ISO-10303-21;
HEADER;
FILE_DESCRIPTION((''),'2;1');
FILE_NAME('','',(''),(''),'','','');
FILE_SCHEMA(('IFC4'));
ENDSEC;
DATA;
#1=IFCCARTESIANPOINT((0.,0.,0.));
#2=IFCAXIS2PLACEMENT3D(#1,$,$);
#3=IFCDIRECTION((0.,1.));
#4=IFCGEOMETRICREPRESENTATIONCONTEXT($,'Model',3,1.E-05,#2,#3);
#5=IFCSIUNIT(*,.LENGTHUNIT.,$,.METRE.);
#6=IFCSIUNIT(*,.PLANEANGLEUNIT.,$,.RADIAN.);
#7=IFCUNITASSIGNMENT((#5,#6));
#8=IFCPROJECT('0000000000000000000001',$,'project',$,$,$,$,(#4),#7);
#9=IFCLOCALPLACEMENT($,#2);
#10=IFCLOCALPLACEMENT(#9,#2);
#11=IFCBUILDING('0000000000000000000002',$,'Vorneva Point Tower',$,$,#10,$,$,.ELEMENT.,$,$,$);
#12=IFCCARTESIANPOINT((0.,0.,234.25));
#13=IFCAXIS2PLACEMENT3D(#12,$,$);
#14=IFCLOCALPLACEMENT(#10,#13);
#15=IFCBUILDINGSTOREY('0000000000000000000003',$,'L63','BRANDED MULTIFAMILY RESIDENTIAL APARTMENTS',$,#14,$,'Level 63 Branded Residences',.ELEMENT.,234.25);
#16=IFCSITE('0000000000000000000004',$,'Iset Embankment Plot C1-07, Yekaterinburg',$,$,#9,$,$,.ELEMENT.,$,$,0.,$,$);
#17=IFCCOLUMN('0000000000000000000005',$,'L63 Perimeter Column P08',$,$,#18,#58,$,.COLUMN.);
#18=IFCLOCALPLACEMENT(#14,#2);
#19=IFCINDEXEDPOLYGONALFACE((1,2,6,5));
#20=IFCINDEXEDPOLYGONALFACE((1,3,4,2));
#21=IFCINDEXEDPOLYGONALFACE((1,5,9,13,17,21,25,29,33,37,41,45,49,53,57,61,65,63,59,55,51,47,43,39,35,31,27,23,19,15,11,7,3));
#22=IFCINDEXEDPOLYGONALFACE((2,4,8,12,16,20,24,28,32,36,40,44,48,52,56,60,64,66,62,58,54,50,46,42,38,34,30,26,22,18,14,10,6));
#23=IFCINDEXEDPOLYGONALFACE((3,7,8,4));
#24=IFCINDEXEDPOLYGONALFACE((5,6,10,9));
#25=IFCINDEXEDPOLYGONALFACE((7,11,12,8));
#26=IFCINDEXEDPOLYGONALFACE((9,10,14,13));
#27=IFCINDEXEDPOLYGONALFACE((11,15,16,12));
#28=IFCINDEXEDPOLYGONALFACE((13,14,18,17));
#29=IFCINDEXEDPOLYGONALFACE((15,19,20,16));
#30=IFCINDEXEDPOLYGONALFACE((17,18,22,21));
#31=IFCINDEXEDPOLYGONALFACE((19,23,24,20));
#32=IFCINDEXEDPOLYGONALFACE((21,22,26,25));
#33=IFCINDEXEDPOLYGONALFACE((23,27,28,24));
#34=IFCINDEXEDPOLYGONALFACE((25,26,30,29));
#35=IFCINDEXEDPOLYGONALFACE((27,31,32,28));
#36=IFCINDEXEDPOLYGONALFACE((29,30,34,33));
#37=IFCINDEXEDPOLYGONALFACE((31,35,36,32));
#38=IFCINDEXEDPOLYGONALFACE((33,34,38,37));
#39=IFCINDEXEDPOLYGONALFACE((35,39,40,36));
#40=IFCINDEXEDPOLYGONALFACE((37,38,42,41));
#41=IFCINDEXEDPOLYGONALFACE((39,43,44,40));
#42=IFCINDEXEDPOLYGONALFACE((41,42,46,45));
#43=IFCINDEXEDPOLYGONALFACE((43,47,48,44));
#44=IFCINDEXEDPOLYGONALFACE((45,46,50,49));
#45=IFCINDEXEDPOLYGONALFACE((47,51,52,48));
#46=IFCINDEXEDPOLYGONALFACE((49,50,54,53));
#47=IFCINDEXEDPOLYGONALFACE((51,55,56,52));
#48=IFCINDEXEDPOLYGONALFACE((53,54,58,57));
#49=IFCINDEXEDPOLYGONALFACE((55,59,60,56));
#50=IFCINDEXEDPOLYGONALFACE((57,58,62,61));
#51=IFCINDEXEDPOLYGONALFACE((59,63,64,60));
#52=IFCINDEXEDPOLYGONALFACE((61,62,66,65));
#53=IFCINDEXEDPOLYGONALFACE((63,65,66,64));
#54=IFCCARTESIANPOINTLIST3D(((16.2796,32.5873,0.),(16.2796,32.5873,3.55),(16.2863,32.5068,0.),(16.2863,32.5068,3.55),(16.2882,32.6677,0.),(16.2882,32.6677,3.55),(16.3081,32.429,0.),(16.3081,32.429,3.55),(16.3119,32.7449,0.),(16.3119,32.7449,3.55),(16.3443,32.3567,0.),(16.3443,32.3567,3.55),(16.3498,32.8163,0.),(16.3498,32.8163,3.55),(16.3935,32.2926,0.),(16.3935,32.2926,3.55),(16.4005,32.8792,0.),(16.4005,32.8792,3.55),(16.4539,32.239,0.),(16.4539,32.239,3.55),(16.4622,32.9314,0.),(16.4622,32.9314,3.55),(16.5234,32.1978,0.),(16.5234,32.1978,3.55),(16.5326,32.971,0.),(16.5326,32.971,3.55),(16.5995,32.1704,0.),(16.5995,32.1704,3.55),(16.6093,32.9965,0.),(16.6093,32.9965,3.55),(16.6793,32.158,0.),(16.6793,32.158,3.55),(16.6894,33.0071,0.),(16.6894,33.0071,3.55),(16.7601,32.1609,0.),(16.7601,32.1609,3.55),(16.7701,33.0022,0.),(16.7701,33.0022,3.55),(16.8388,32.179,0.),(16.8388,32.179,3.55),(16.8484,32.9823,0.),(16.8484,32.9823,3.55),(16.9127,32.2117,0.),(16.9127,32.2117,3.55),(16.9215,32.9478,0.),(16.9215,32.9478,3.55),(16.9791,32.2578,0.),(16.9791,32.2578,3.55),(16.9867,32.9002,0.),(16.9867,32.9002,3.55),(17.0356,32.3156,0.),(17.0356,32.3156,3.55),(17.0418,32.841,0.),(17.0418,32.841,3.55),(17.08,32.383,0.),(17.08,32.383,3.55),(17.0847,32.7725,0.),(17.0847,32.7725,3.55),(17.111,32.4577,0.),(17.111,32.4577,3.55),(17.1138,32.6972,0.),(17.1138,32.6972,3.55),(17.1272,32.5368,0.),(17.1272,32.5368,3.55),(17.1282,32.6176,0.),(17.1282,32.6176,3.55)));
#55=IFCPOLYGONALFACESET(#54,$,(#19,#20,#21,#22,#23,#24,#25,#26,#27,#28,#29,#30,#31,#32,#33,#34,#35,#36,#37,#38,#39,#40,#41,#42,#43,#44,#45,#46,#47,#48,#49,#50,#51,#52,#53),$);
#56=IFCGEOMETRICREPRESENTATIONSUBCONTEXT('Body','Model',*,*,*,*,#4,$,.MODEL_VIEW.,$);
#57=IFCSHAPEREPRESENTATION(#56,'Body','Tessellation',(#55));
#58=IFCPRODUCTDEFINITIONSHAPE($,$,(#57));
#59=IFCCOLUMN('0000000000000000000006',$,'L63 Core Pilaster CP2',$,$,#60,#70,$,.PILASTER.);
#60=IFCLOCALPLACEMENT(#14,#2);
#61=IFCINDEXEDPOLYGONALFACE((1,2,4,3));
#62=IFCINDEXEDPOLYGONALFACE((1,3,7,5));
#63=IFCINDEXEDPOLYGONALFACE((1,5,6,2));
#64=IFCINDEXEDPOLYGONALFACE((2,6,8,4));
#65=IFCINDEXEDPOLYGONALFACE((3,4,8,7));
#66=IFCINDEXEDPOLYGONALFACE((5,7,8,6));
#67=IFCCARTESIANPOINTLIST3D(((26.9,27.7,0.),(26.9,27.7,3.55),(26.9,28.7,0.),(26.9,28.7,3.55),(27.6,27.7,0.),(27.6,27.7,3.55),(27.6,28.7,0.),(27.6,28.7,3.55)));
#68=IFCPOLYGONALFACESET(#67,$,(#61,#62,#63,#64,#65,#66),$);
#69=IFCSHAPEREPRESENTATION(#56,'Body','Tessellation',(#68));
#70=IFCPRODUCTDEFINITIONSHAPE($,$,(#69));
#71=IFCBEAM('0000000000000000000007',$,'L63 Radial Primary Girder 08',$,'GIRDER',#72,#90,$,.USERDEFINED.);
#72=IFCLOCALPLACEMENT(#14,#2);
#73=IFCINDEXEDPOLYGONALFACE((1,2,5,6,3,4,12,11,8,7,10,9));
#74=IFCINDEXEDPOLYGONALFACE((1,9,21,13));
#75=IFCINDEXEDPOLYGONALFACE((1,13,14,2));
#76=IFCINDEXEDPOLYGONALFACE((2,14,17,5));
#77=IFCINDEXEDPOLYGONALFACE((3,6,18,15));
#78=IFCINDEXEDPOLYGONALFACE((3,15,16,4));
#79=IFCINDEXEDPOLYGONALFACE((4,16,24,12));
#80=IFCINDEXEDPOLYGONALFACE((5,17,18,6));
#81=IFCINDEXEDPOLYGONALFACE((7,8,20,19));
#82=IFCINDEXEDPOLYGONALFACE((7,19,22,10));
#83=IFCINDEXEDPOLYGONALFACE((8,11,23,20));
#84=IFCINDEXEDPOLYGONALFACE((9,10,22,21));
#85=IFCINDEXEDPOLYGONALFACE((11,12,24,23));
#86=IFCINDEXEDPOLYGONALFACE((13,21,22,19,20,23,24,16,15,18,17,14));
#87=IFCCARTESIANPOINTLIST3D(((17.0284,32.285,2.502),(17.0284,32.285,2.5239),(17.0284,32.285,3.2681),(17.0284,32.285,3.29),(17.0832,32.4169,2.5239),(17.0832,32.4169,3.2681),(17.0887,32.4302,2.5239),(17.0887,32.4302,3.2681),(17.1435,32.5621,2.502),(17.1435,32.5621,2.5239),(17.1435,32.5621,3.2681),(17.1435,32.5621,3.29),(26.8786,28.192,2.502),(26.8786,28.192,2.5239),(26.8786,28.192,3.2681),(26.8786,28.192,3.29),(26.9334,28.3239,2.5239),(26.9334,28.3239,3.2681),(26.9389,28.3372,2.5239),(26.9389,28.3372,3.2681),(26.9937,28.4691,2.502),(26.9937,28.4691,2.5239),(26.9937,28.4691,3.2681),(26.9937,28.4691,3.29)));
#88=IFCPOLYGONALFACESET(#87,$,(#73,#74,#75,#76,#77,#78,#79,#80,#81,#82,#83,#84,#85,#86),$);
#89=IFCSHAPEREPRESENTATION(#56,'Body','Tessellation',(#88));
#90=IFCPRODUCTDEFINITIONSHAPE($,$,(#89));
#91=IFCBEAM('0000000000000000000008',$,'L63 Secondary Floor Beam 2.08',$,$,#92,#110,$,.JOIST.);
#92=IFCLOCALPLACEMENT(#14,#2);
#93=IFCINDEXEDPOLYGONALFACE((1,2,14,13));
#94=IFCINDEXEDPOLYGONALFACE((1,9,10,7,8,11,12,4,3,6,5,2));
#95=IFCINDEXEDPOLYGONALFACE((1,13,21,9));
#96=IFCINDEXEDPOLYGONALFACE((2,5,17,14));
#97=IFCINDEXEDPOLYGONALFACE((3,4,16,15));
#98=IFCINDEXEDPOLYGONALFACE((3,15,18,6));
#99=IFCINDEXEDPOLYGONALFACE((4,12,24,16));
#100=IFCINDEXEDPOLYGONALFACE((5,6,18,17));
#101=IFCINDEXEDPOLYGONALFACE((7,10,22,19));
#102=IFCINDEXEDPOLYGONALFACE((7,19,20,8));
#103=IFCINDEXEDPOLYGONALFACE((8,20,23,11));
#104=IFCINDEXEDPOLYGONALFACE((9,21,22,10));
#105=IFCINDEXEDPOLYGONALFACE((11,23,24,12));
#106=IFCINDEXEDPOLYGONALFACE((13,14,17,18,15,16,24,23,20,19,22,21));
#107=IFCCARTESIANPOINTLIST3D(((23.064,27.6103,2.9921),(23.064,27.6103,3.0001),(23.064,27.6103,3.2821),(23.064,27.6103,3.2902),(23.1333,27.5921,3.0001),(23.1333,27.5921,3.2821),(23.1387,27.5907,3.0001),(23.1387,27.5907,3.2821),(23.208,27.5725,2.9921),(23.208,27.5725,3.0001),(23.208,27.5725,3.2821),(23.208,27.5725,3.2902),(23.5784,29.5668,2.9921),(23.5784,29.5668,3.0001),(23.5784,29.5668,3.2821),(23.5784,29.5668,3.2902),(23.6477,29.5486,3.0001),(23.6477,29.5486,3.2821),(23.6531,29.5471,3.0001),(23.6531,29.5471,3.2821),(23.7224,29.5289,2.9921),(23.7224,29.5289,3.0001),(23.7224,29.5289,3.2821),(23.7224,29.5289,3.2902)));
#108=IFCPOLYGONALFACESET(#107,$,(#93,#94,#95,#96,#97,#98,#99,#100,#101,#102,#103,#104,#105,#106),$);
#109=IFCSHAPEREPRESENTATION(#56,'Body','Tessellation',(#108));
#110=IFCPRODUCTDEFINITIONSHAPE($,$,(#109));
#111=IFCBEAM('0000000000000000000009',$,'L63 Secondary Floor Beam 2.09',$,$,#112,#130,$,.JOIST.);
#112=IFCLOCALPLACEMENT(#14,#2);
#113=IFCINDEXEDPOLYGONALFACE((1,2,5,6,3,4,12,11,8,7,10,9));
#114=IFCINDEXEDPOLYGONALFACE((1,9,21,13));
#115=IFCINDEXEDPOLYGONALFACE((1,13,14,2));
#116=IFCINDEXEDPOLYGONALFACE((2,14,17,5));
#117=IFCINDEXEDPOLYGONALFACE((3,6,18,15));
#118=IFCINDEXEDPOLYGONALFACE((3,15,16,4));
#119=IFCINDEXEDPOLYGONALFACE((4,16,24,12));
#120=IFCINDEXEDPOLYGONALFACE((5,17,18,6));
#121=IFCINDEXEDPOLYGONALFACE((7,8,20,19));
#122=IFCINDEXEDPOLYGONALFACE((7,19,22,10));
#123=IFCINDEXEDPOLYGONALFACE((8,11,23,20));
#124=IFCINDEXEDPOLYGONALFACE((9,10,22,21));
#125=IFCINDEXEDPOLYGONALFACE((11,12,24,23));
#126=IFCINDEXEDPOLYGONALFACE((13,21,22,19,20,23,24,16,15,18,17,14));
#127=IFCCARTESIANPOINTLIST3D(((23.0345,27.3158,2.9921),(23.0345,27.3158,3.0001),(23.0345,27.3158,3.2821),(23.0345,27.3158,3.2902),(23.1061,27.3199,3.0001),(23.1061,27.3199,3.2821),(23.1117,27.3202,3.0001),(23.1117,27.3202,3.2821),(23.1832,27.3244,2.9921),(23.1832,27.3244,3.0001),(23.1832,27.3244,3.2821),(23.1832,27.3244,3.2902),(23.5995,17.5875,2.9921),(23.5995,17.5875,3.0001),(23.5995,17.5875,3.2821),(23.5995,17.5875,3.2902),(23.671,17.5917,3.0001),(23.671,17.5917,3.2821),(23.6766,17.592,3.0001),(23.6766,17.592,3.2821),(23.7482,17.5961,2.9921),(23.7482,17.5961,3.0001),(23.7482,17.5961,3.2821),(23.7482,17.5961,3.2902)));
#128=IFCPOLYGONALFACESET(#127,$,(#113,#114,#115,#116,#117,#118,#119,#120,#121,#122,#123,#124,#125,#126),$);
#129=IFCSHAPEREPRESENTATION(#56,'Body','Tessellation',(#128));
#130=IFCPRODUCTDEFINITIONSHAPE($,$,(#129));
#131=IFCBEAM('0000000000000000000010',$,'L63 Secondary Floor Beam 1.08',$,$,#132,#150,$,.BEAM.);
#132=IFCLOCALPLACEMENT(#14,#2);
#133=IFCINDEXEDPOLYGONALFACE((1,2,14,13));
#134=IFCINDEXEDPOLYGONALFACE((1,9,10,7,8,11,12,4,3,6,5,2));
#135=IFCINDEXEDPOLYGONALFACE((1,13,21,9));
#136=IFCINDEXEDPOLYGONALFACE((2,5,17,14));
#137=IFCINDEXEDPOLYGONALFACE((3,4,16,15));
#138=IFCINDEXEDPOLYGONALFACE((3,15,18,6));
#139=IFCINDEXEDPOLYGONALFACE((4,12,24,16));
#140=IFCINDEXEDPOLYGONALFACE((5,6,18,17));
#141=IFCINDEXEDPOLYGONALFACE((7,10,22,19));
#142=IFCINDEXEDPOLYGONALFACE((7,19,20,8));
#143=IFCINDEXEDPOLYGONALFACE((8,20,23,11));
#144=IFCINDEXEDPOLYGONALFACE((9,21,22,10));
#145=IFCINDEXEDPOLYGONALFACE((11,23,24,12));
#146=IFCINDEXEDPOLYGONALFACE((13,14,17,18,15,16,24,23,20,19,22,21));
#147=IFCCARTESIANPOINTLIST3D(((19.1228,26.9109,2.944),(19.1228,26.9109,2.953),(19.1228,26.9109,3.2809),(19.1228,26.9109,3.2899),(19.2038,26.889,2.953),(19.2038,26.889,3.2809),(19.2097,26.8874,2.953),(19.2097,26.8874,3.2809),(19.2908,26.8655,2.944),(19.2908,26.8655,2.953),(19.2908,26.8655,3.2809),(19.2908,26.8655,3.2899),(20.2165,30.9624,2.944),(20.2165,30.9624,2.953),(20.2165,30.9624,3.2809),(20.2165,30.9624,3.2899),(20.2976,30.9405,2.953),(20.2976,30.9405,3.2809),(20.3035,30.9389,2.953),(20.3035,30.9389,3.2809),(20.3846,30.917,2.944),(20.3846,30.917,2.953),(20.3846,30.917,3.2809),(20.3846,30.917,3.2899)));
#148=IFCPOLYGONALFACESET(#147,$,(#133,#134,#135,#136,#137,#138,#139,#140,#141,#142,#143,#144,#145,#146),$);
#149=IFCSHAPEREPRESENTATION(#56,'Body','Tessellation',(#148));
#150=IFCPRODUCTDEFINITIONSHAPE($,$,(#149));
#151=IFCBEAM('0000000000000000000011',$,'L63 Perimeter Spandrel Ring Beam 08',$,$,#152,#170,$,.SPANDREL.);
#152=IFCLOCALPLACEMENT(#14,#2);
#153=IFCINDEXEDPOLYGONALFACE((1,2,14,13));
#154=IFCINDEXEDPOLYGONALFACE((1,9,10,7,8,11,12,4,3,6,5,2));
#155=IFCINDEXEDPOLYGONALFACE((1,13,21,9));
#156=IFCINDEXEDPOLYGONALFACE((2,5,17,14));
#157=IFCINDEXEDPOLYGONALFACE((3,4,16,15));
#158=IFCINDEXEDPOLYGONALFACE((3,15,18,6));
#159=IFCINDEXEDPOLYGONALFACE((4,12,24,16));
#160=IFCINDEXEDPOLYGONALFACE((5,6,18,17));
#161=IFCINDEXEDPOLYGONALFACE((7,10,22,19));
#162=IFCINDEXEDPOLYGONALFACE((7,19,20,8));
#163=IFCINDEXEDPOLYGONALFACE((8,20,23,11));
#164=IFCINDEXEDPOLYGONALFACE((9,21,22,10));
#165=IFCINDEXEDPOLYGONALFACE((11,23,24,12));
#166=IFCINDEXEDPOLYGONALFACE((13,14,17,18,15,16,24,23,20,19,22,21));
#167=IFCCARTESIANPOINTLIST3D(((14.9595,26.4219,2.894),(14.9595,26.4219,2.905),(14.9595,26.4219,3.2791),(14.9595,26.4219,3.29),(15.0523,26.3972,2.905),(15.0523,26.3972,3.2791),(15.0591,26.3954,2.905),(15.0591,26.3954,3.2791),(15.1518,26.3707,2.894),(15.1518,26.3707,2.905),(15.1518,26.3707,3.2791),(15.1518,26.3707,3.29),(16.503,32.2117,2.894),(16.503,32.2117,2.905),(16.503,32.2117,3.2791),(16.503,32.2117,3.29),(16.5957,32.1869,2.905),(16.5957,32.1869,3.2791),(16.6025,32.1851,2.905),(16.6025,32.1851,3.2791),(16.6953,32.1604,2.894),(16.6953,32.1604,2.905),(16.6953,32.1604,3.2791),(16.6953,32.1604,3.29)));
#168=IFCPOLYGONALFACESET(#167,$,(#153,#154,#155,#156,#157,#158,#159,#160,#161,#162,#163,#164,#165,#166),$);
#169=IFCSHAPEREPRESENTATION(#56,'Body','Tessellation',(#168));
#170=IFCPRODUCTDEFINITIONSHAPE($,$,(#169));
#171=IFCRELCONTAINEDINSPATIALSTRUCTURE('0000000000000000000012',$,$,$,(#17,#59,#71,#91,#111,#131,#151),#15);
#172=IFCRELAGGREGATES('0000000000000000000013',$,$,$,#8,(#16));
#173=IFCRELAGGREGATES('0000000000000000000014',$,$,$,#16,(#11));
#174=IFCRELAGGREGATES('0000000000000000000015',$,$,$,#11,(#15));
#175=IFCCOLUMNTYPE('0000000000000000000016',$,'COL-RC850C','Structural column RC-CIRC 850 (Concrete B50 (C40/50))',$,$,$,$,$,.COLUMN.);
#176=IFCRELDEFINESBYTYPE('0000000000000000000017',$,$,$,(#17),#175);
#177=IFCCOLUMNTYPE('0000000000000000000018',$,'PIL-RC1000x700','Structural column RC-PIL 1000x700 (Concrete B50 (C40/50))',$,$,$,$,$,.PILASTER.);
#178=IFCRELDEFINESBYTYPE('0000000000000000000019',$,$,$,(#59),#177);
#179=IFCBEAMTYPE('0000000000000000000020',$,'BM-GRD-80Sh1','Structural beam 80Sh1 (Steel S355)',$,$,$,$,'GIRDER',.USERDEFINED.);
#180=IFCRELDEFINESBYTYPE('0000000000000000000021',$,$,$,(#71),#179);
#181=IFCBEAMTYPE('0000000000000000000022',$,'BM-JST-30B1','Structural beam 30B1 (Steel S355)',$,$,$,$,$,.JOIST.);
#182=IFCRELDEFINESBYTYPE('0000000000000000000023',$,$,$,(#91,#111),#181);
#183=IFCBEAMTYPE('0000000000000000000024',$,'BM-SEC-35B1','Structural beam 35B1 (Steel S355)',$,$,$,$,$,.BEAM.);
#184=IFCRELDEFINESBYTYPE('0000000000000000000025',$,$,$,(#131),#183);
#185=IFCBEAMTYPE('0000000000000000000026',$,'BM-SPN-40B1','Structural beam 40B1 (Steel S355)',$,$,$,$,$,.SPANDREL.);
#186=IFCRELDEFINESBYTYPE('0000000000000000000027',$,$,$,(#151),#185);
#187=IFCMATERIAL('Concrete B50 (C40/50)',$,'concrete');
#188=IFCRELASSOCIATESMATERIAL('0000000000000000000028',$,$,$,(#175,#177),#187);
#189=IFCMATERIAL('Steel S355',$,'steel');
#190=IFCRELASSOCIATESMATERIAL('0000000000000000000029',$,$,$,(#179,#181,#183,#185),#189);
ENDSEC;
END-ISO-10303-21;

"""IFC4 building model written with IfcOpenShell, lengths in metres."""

from ifc_helpers import new_model, si_unit, direction, frame, origin, origin_2d, place, context, subcontext, project, spatial, rectangle, circle, i_section, extrude, material, material_profile, profile_set, type_object, element, save


model = new_model("IFC4")

# Units and contexts
model_context = context("Model", 3, precision=1e-05, world=origin(), true_north=direction((0.0, 1.0)))
body_context = subcontext(model_context, "Body", "Model", "MODEL_VIEW")
ifc_project = project(units=[si_unit("LENGTHUNIT", "METRE"), si_unit("PLANEANGLEUNIT", "RADIAN")], contexts=[model_context])

# Site, building, storey
site_placement = place(None, origin())
site = spatial("IfcSite", under=ifc_project, at=site_placement, Name="Iset Embankment Plot C1-07, Yekaterinburg", CompositionType="ELEMENT", RefElevation=0.0)
building_placement = place(site_placement, origin())
building = spatial("IfcBuilding", under=site, at=building_placement, Name="Vorneva Point Tower", CompositionType="ELEMENT")
storey_placement = place(building_placement, frame((0.0, 0.0, 234.25)))
storey = spatial("IfcBuildingStorey", under=building, at=storey_placement, Name="L63", Description="BRANDED MULTIFAMILY RESIDENTIAL APARTMENTS", LongName="Level 63 Branded Residences", CompositionType="ELEMENT", Elevation=234.25)

# Columns
ifc_material_1 = material(Name="Concrete B50 (C40/50)", Category="concrete")
ifc_material_profile_1 = material_profile(ifc_material_1, circle(Radius=0.425, at=origin_2d()), Name="RC-CIRC 850")
ifc_profile_set_1 = profile_set([ifc_material_profile_1], Name="Concrete B50 (C40/50)")
column_type_1 = type_object("IfcColumnType", Name="COL-RC850C", Description="Structural column RC-CIRC 850 (Concrete B50 (C40/50))", PredefinedType="COLUMN", material=ifc_profile_set_1)
column_1_placement = place(storey_placement, frame((16.7046, 32.5823, 0.0), z_axis=(0.0, 0.0, 1.0), x_axis=(-0.92388, 0.382683, 0.0)))
element("IfcColumn", 1, at=column_1_placement, inside=storey, type_object=column_type_1, Name="L63 Perimeter Column P08", PredefinedType="COLUMN", context=body_context, shape_type="SweptSolid", body=[
    extrude(circle(Radius=0.425, at=origin_2d()), origin(), (0.0, 0.0, 1.0), 3.55),
])
ifc_material_profile_2 = material_profile(ifc_material_1, rectangle(XDim=0.7, YDim=1.0, at=origin_2d()), Name="RC-PIL 1000x700")
ifc_profile_set_2 = profile_set([ifc_material_profile_2], Name="Concrete B50 (C40/50)")
column_type_2 = type_object("IfcColumnType", Name="PIL-RC1000x700", Description="Structural column RC-PIL 1000x700 (Concrete B50 (C40/50))", PredefinedType="PILASTER", material=ifc_profile_set_2)
column_2_placement = place(storey_placement, frame((27.25, 28.2, 0.0), z_axis=(0.0, 0.0, 1.0), x_axis=(1.0, 0.0, 0.0)))
element("IfcColumn", 2, at=column_2_placement, inside=storey, type_object=column_type_2, Name="L63 Core Pilaster CP2", PredefinedType="PILASTER", context=body_context, shape_type="SweptSolid", body=[
    extrude(rectangle(XDim=0.7, YDim=1.0, at=origin_2d()), origin(), (0.0, 0.0, 1.0), 3.55),
])

# Beams
ifc_material_2 = material(Name="Steel S355", Category="steel")
ifc_material_profile_3 = material_profile(ifc_material_2, i_section(OverallWidth=0.3, OverallDepth=0.7881, WebThickness=0.0144, FlangeThickness=0.022, at=origin_2d()), Name="80Sh1")
ifc_profile_set_3 = profile_set([ifc_material_profile_3], Name="Steel S355")
beam_type_1 = type_object("IfcBeamType", Name="BM-GRD-80Sh1", Description="Structural beam 80Sh1 (Steel S355)", ElementType="GIRDER", PredefinedType="USERDEFINED", material=ifc_profile_set_3)
beam_1_placement = place(storey_placement, frame((17.0859, 32.4236, 2.896), z_axis=(0.923449, -0.383721, 0.0), x_axis=(0.383721, 0.923449, 0.0)))
element("IfcBeam", 3, at=beam_1_placement, inside=storey, type_object=beam_type_1, Name="L63 Radial Primary Girder 08", ObjectType="GIRDER", PredefinedType="USERDEFINED", context=body_context, shape_type="SweptSolid", body=[
    extrude(i_section(OverallWidth=0.3, OverallDepth=0.7881, WebThickness=0.0144, FlangeThickness=0.022, at=origin_2d()), origin(), (0.0, 0.0, 1.0), 10.6667),
])
ifc_material_profile_4 = material_profile(ifc_material_2, i_section(OverallWidth=0.1489, OverallDepth=0.2981, WebThickness=0.0056, FlangeThickness=0.0081, at=origin_2d()), Name="30B1")
ifc_profile_set_4 = profile_set([ifc_material_profile_4], Name="Steel S355")
beam_type_2 = type_object("IfcBeamType", Name="BM-JST-30B1", Description="Structural beam 30B1 (Steel S355)", PredefinedType="JOIST", material=ifc_profile_set_4)
beam_2_placement = place(storey_placement, frame((23.6504, 29.5479, 3.1411), z_axis=(-0.254274, -0.967132, 0.0), x_axis=(0.967132, -0.254274, 0.0)))
element("IfcBeam", 4, at=beam_2_placement, inside=storey, type_object=beam_type_2, Name="L63 Secondary Floor Beam 2.08", PredefinedType="JOIST", context=body_context, shape_type="SweptSolid", body=[
    extrude(i_section(OverallWidth=0.1489, OverallDepth=0.2981, WebThickness=0.0056, FlangeThickness=0.0081, at=origin_2d()), origin(), (0.0, 0.0, 1.0), 2.0229),
])
beam_3_placement = place(storey_placement, frame((23.1089, 27.3201, 3.1411), z_axis=(0.057974, -0.998318, 0.0), x_axis=(0.998318, 0.057974, 0.0)))
element("IfcBeam", 5, at=beam_3_placement, inside=storey, type_object=beam_type_2, Name="L63 Secondary Floor Beam 2.09", PredefinedType="JOIST", context=body_context, shape_type="SweptSolid", body=[
    extrude(i_section(OverallWidth=0.1489, OverallDepth=0.2981, WebThickness=0.0056, FlangeThickness=0.0081, at=origin_2d()), origin(), (0.0, 0.0, 1.0), 9.7446),
])
ifc_material_profile_5 = material_profile(ifc_material_2, i_section(OverallWidth=0.1741, OverallDepth=0.3459, WebThickness=0.0061, FlangeThickness=0.009, at=origin_2d()), Name="35B1")
ifc_profile_set_5 = profile_set([ifc_material_profile_5], Name="Steel S355")
beam_type_3 = type_object("IfcBeamType", Name="BM-SEC-35B1", Description="Structural beam 35B1 (Steel S355)", PredefinedType="BEAM", material=ifc_profile_set_5)
beam_4_placement = place(storey_placement, frame((20.3005, 30.9397, 3.1169), z_axis=(-0.260631, -0.965439, 0.0), x_axis=(0.965439, -0.260631, 0.0)))
element("IfcBeam", 6, at=beam_4_placement, inside=storey, type_object=beam_type_3, Name="L63 Secondary Floor Beam 1.08", PredefinedType="BEAM", context=body_context, shape_type="SweptSolid", body=[
    extrude(i_section(OverallWidth=0.1741, OverallDepth=0.3459, WebThickness=0.0061, FlangeThickness=0.009, at=origin_2d()), origin(), (0.0, 0.0, 1.0), 4.1965),
])
ifc_material_profile_6 = material_profile(ifc_material_2, i_section(OverallWidth=0.199, OverallDepth=0.396, WebThickness=0.0071, FlangeThickness=0.011, at=origin_2d()), Name="40B1")
ifc_profile_set_6 = profile_set([ifc_material_profile_6], Name="Steel S355")
beam_type_4 = type_object("IfcBeamType", Name="BM-SPN-40B1", Description="Structural beam 40B1 (Steel S355)", PredefinedType="SPANDREL", material=ifc_profile_set_6)
beam_5_placement = place(storey_placement, frame((16.5991, 32.186, 3.092), z_axis=(-0.257587, -0.966255, 0.0), x_axis=(0.966255, -0.257587, 0.0)))
element("IfcBeam", 7, at=beam_5_placement, inside=storey, type_object=beam_type_4, Name="L63 Perimeter Spandrel Ring Beam 08", PredefinedType="SPANDREL", context=body_context, shape_type="SweptSolid", body=[
    extrude(i_section(OverallWidth=0.199, OverallDepth=0.396, WebThickness=0.0071, FlangeThickness=0.011, at=origin_2d()), origin(), (0.0, 0.0, 1.0), 5.9919),
])

save(model, "model.ifc")
